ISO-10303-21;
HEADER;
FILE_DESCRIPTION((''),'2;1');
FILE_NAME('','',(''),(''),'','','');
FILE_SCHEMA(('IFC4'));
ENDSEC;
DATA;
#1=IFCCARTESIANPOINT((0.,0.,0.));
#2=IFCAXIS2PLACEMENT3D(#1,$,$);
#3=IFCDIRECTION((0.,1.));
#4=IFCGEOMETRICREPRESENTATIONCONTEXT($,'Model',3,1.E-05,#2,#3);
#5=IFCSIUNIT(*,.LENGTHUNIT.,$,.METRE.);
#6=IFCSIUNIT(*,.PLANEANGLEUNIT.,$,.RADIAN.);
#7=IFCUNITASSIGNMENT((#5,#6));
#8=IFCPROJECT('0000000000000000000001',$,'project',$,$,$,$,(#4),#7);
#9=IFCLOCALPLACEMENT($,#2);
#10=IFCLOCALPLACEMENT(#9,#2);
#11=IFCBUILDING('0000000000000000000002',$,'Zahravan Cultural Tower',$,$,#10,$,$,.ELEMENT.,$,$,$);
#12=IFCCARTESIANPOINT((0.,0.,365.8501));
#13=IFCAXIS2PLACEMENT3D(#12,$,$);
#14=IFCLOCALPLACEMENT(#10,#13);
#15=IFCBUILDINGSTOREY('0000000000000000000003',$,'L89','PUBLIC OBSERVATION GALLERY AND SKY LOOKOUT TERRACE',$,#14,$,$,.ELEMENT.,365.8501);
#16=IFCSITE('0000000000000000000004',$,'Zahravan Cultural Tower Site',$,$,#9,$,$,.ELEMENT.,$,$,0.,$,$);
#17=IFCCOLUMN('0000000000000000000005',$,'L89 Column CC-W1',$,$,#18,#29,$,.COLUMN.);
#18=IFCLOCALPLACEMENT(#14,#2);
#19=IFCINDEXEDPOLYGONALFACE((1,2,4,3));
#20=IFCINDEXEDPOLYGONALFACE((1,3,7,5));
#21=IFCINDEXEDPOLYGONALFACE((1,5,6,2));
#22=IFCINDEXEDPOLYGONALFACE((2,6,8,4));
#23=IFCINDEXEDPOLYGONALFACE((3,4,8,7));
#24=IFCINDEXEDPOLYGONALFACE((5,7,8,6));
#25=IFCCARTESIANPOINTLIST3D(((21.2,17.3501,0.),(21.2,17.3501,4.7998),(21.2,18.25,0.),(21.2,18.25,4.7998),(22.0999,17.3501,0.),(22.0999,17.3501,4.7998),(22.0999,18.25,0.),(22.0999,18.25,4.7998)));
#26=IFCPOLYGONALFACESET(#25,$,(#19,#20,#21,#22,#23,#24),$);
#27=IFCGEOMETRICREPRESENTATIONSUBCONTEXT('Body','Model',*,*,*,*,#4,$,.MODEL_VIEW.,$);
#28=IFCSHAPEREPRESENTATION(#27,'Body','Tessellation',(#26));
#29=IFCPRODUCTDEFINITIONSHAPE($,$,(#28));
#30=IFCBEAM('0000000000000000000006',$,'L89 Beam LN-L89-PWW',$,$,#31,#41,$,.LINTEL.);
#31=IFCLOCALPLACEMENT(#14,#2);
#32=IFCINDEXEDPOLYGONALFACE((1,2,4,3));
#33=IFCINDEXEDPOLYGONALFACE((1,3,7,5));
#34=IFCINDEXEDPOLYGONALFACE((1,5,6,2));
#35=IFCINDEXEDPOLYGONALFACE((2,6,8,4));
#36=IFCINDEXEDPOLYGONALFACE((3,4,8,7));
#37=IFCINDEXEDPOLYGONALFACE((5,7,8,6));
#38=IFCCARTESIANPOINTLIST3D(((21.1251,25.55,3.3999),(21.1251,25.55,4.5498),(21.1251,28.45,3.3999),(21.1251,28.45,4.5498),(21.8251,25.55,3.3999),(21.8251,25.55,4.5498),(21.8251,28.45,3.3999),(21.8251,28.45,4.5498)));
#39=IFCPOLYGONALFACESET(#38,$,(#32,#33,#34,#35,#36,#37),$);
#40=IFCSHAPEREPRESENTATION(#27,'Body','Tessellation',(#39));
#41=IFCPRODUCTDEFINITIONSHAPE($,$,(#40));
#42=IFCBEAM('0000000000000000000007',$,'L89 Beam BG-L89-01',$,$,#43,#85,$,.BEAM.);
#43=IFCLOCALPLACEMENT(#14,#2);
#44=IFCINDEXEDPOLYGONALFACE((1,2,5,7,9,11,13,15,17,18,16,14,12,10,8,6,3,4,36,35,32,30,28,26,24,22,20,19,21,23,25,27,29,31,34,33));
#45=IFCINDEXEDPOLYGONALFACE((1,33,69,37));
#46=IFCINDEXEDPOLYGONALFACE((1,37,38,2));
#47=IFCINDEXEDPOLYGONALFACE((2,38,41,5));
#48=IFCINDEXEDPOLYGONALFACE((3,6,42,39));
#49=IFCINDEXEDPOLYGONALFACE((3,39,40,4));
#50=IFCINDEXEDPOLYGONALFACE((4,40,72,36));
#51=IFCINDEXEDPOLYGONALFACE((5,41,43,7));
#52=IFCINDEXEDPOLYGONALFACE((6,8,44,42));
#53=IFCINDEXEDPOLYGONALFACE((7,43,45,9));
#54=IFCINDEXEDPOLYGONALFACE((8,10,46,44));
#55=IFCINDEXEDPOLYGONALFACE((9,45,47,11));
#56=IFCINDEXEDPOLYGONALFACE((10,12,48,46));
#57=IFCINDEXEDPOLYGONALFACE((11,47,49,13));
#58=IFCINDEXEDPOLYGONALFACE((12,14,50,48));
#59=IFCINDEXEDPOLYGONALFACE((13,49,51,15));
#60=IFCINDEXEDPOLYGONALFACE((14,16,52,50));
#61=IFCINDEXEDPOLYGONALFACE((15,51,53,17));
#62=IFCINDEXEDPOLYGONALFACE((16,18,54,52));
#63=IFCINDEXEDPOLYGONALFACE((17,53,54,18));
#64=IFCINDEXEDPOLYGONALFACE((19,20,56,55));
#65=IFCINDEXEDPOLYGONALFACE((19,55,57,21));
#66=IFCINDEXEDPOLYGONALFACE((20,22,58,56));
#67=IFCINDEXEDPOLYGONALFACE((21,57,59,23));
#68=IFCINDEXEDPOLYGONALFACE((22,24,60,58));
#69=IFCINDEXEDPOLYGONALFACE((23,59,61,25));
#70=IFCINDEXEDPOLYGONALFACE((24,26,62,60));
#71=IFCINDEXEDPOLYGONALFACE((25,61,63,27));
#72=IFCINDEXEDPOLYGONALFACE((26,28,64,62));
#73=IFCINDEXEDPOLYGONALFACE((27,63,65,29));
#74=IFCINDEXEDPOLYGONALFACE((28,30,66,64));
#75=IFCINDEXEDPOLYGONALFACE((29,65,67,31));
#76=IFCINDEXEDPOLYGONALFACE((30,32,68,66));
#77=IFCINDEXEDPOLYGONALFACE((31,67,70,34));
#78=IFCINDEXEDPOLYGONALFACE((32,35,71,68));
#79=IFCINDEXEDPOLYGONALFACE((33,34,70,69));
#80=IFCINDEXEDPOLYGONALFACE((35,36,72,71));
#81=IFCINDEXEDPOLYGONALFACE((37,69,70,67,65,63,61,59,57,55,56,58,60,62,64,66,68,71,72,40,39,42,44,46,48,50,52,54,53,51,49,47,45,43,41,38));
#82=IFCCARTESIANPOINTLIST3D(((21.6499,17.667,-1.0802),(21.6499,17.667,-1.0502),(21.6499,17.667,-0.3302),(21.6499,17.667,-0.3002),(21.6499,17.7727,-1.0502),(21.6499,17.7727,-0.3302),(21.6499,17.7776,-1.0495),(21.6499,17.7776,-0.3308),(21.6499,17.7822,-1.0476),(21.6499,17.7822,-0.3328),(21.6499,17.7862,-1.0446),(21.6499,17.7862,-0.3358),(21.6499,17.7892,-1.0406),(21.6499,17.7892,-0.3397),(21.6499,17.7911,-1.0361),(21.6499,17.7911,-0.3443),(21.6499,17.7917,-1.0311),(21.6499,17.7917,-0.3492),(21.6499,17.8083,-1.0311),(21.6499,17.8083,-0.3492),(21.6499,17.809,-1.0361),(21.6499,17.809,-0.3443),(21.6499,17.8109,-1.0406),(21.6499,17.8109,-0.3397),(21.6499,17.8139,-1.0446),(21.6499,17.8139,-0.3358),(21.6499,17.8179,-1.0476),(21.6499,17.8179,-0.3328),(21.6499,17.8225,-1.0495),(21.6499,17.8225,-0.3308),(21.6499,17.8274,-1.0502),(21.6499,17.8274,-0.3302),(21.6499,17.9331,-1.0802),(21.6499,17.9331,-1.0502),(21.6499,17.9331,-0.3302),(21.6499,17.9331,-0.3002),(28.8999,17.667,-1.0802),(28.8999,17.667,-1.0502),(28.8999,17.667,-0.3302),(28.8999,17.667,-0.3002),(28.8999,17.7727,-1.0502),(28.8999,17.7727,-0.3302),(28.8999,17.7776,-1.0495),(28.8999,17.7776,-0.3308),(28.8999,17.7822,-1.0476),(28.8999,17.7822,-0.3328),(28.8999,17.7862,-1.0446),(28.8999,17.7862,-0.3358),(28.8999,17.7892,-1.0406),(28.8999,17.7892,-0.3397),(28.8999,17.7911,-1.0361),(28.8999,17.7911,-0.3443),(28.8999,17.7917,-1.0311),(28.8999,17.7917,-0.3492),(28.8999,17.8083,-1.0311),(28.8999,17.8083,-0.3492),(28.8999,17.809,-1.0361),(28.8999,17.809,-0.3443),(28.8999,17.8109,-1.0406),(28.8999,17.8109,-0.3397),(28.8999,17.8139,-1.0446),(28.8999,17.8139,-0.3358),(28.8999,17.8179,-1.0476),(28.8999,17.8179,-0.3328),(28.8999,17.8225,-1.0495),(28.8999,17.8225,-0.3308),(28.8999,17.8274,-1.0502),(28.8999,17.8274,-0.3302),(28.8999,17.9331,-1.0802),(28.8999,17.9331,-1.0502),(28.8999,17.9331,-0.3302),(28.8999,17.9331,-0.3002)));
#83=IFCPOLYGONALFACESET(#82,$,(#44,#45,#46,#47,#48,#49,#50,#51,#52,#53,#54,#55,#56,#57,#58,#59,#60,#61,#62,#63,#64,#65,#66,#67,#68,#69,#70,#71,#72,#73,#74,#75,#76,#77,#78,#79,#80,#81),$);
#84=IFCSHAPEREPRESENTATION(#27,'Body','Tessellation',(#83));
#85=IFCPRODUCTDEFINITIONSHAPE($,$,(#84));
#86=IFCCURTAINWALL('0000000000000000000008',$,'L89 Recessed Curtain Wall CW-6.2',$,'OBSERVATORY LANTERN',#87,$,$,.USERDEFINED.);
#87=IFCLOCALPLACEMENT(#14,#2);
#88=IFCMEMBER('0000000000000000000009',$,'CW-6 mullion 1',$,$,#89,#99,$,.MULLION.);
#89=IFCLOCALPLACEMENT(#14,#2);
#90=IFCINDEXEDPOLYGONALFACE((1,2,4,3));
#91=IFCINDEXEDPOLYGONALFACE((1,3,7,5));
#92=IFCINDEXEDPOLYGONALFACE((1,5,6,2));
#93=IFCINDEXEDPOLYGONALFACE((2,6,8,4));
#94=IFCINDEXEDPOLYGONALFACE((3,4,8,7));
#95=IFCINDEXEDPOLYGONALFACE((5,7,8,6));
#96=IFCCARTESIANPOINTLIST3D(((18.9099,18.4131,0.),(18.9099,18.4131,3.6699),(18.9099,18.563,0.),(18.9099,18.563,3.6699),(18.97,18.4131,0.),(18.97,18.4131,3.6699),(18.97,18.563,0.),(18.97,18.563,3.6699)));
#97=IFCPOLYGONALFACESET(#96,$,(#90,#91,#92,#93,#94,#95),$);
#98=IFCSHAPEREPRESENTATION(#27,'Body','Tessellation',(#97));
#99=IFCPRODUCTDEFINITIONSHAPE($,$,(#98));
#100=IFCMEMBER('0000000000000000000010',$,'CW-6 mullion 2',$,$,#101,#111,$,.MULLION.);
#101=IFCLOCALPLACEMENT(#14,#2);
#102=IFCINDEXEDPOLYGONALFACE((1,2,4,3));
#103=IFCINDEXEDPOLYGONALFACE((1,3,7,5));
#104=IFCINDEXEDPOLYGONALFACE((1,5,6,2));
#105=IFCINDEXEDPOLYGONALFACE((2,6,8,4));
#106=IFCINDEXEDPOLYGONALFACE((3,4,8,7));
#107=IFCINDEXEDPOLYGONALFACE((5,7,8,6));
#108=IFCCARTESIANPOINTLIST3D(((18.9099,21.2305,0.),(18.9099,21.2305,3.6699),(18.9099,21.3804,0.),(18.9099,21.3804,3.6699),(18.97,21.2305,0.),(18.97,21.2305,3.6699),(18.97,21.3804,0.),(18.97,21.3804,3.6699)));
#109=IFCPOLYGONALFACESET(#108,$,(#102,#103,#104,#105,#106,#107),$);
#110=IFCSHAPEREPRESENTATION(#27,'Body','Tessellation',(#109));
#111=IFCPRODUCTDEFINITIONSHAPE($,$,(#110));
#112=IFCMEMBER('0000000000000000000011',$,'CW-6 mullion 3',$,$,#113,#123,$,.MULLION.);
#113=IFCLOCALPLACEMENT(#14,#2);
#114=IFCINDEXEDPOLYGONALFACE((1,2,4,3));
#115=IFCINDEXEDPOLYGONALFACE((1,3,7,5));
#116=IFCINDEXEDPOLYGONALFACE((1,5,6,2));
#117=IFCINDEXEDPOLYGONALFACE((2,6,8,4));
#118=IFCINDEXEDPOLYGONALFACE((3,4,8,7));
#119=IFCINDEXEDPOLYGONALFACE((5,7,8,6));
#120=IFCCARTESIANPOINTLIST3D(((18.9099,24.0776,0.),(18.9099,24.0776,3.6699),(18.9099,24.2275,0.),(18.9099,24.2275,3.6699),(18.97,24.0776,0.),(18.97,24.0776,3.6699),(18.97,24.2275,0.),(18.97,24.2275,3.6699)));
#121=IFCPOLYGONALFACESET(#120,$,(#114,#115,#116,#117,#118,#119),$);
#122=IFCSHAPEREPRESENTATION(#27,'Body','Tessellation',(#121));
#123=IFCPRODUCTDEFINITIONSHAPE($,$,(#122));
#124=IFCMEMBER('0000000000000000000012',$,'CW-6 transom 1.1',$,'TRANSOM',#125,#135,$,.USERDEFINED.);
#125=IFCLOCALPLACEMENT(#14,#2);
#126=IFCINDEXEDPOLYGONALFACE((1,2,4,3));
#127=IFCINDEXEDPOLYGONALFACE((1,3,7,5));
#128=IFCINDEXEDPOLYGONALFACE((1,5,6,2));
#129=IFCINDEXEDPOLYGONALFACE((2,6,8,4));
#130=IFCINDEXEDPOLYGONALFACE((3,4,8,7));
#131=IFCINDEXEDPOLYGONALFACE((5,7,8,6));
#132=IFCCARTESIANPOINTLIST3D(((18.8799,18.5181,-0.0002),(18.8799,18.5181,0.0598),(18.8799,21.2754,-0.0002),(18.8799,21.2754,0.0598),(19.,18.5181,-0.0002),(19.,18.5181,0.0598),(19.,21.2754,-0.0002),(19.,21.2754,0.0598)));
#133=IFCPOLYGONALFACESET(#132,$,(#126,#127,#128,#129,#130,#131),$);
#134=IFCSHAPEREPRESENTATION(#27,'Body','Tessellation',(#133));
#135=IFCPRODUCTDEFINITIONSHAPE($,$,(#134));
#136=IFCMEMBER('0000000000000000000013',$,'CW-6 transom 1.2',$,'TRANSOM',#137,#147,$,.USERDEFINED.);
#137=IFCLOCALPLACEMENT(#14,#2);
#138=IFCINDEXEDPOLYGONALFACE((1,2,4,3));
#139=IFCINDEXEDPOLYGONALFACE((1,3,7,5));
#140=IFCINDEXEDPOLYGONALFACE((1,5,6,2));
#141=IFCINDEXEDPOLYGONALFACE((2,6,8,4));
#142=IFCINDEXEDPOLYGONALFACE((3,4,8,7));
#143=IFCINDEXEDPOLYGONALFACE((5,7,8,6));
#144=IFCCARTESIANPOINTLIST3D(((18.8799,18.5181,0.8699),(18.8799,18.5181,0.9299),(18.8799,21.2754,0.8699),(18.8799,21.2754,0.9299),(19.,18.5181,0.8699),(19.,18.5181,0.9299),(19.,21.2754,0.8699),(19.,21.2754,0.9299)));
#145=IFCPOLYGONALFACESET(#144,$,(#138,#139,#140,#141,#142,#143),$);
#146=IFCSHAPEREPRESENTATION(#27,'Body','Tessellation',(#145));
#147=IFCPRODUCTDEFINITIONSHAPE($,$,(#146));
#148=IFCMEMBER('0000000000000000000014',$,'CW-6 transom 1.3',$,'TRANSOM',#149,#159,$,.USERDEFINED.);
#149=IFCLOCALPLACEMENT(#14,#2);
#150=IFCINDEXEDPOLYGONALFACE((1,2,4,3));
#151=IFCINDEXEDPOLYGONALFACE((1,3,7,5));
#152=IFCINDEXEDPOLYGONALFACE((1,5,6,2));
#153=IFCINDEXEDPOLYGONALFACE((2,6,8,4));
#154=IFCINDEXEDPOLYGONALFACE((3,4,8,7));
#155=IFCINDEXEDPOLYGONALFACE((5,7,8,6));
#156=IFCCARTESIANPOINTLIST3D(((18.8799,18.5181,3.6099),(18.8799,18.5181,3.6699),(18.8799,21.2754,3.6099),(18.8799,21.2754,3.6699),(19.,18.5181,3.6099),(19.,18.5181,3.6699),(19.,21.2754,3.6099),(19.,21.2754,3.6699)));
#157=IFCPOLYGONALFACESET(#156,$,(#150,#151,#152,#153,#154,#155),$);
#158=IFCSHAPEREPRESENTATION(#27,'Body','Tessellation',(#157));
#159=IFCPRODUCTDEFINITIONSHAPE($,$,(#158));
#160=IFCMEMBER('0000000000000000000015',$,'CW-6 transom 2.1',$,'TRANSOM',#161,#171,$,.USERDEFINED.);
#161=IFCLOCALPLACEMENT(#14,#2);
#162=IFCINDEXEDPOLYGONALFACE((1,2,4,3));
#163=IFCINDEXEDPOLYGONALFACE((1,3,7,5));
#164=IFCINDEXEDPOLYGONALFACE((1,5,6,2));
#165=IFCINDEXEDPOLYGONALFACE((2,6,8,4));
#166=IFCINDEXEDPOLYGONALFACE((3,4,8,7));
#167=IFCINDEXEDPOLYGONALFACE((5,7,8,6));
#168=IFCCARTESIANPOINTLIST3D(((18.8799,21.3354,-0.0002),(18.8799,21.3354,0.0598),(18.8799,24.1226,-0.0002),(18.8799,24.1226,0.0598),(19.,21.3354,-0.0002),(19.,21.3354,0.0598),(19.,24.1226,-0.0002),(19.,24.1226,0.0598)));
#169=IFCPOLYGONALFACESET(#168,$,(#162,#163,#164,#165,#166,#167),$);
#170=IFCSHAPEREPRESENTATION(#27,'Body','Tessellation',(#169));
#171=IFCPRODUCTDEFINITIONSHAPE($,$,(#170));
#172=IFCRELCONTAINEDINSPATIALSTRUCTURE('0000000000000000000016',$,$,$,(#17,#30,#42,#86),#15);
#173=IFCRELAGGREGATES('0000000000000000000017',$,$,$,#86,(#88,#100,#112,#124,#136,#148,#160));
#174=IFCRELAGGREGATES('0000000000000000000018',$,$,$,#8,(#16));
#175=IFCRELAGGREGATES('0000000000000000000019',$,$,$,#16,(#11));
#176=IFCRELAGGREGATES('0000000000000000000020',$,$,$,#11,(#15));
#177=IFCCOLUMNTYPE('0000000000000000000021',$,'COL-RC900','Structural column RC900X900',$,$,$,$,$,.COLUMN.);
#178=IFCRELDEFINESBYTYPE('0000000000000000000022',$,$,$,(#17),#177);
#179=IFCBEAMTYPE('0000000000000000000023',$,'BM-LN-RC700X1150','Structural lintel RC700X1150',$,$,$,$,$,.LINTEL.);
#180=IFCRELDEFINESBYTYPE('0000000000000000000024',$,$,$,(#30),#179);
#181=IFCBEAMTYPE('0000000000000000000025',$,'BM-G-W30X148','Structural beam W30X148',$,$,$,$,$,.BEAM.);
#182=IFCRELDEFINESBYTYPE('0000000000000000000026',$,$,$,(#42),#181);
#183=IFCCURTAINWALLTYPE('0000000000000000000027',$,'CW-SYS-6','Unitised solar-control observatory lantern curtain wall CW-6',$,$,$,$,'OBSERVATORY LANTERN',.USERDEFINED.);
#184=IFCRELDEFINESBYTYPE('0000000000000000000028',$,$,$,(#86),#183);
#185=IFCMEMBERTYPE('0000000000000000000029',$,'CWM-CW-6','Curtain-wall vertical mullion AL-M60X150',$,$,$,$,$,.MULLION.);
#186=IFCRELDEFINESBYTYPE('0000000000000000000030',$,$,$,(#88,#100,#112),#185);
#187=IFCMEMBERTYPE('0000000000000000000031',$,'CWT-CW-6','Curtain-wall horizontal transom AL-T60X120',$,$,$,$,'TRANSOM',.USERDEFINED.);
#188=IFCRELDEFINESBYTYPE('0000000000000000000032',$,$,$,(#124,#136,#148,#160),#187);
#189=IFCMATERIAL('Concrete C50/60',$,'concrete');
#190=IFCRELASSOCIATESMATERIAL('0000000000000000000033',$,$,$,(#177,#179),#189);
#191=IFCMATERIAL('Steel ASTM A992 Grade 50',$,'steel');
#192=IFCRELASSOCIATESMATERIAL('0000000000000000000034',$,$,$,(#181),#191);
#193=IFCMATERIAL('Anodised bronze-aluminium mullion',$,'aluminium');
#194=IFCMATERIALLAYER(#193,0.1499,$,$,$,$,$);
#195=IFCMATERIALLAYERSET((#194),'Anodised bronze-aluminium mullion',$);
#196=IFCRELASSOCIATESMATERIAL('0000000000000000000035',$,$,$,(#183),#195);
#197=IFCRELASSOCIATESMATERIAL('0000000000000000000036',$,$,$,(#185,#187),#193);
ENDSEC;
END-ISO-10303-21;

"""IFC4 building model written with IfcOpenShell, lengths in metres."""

from ifc_helpers import new_model, si_unit, direction, frame, origin, origin_2d, place, context, subcontext, project, spatial, rectangle, i_section, extrude, source, transform, mapped, material, layer, layer_set, material_profile, profile_set, type_object, element, aggregate, save


model = new_model("IFC4")

# Units and contexts
model_context = context("Model", 3, precision=1e-05, world=origin(), true_north=direction((0.0, 1.0)))
body_context = subcontext(model_context, "Body", "Model", "MODEL_VIEW")
ifc_project = project(units=[si_unit("LENGTHUNIT", "METRE"), si_unit("PLANEANGLEUNIT", "RADIAN")], contexts=[model_context])

# Site, building, storey
site_placement = place(None, origin())
site = spatial("IfcSite", under=ifc_project, at=site_placement, Name="Zahravan Cultural Tower Site", CompositionType="ELEMENT", RefElevation=0.0)
building_placement = place(site_placement, origin())
building = spatial("IfcBuilding", under=site, at=building_placement, Name="Zahravan Cultural Tower", CompositionType="ELEMENT")
storey_placement = place(building_placement, frame((0.0, 0.0, 365.8501)))
storey = spatial("IfcBuildingStorey", under=building, at=storey_placement, Name="L89", Description="PUBLIC OBSERVATION GALLERY AND SKY LOOKOUT TERRACE", CompositionType="ELEMENT", Elevation=365.8501)

# Column
ifc_material_1 = material(Name="Concrete C50/60", Category="concrete")
ifc_material_profile_1 = material_profile(ifc_material_1, rectangle(XDim=0.8999, YDim=0.8999, at=origin_2d()), Name="RC900X900")
ifc_profile_set_1 = profile_set([ifc_material_profile_1], Name="Concrete C50/60")
column_type = type_object("IfcColumnType", Name="COL-RC900", Description="Structural column RC900X900", PredefinedType="COLUMN", material=ifc_profile_set_1)
shared_shape_1 = source(origin(), body_context, "Body", "SweptSolid", [
    extrude(rectangle(XDim=0.8999, YDim=0.8999, at=origin_2d()), origin(), (0.0, 0.0, 1.0), 4.7998),
])
column_placement = place(storey_placement, frame((21.6499, 17.8, 0.0), z_axis=(0.0, 0.0, 1.0), x_axis=(1.0, 0.0, 0.0)))
element("IfcColumn", 1, at=column_placement, inside=storey, type_object=column_type, Name="L89 Column CC-W1", PredefinedType="COLUMN", context=body_context, shape_type="MappedRepresentation", body=[
    mapped(shared_shape_1, transform((0.0, 0.0, 0.0), x_axis=(1.0, 0.0, 0.0), y_axis=(0.0, 1.0, 0.0), z_axis=(0.0, 0.0, 1.0), scale=1.0)),
])

# Beams
ifc_material_profile_2 = material_profile(ifc_material_1, rectangle(XDim=0.7, YDim=1.1499, at=origin_2d()), Name="RC700X1150")
ifc_profile_set_2 = profile_set([ifc_material_profile_2], Name="Concrete C50/60")
beam_type_1 = type_object("IfcBeamType", Name="BM-LN-RC700X1150", Description="Structural lintel RC700X1150", PredefinedType="LINTEL", material=ifc_profile_set_2)
shared_shape_2 = source(origin(), body_context, "Body", "SweptSolid", [
    extrude(rectangle(XDim=0.7, YDim=1.1499, at=origin_2d()), origin(), (0.0, 0.0, 1.0), 2.8999),
])
beam_1_placement = place(storey_placement, frame((21.4751, 25.55, 3.9749), z_axis=(0.0, 1.0, 0.0), x_axis=(-1.0, 0.0, 0.0)))
element("IfcBeam", 2, at=beam_1_placement, inside=storey, type_object=beam_type_1, Name="L89 Beam LN-L89-PWW", PredefinedType="LINTEL", context=body_context, shape_type="MappedRepresentation", body=[
    mapped(shared_shape_2, transform((0.0, 0.0, 0.0), x_axis=(1.0, 0.0, 0.0), y_axis=(0.0, 1.0, 0.0), z_axis=(0.0, 0.0, 1.0), scale=1.0)),
])
ifc_material_2 = material(Name="Steel ASTM A992 Grade 50", Category="steel")
ifc_material_profile_3 = material_profile(ifc_material_2, i_section(OverallWidth=0.2661, OverallDepth=0.78, WebThickness=0.0166, FlangeThickness=0.03, FilletRadius=0.019, at=origin_2d()), Name="W30X148")
ifc_profile_set_3 = profile_set([ifc_material_profile_3], Name="Steel ASTM A992 Grade 50")
beam_type_2 = type_object("IfcBeamType", Name="BM-G-W30X148", Description="Structural beam W30X148", PredefinedType="BEAM", material=ifc_profile_set_3)
shared_shape_3 = source(origin(), body_context, "Body", "SweptSolid", [
    extrude(i_section(OverallWidth=0.2661, OverallDepth=0.78, WebThickness=0.0166, FlangeThickness=0.03, FilletRadius=0.019, at=origin_2d()), origin(), (0.0, 0.0, 1.0), 7.25),
])
beam_2_placement = place(storey_placement, frame((21.6499, 17.8, -0.6902), z_axis=(1.0, 0.0, 0.0), x_axis=(0.0, 1.0, 0.0)))
element("IfcBeam", 3, at=beam_2_placement, inside=storey, type_object=beam_type_2, Name="L89 Beam BG-L89-01", PredefinedType="BEAM", context=body_context, shape_type="MappedRepresentation", body=[
    mapped(shared_shape_3, transform((0.0, 0.0, 0.0), x_axis=(1.0, 0.0, 0.0), y_axis=(0.0, 1.0, 0.0), z_axis=(0.0, 0.0, 1.0), scale=1.0)),
])

# Curtain wall, members
ifc_material_3 = material(Name="Anodised bronze-aluminium mullion", Category="aluminium")
ifc_layer_1 = layer(ifc_material_3, 0.1499)
ifc_layer_set_1 = layer_set([ifc_layer_1], Name="Anodised bronze-aluminium mullion")
curtain_wall_type = type_object("IfcCurtainWallType", Name="CW-SYS-6", Description="Unitised solar-control observatory lantern curtain wall CW-6", ElementType="OBSERVATORY LANTERN", PredefinedType="USERDEFINED", material=ifc_layer_set_1)
curtain_wall_placement = place(storey_placement, origin())
curtain_wall = element("IfcCurtainWall", 4, at=curtain_wall_placement, inside=storey, type_object=curtain_wall_type, Name="L89 Recessed Curtain Wall CW-6.2", ObjectType="OBSERVATORY LANTERN", PredefinedType="USERDEFINED")
ifc_material_profile_4 = material_profile(ifc_material_3, rectangle(XDim=0.0601, YDim=0.1499, at=origin_2d()), Name="AL-M60X150")
ifc_profile_set_4 = profile_set([ifc_material_profile_4], Name="Anodised bronze-aluminium mullion")
member_type_1 = type_object("IfcMemberType", Name="CWM-CW-6", Description="Curtain-wall vertical mullion AL-M60X150", PredefinedType="MULLION", material=ifc_profile_set_4)
shared_shape_4 = source(origin(), body_context, "Body", "SweptSolid", [
    extrude(rectangle(XDim=0.0601, YDim=0.1499, at=origin_2d()), origin(), (0.0, 0.0, 1.0), 3.6699),
])
member_1_placement = place(storey_placement, frame((18.9399, 18.488, 0.0), z_axis=(0.0, 0.0, 1.0), x_axis=(-1.0, 0.0, 0.0)))
member_1 = element("IfcMember", 5, at=member_1_placement, type_object=member_type_1, Name="CW-6 mullion 1", PredefinedType="MULLION", context=body_context, shape_type="MappedRepresentation", body=[
    mapped(shared_shape_4, transform((0.0, 0.0, 0.0), x_axis=(1.0, 0.0, 0.0), y_axis=(0.0, 1.0, 0.0), z_axis=(0.0, 0.0, 1.0), scale=1.0)),
])
member_2_placement = place(storey_placement, frame((18.9399, 21.3054, 0.0), z_axis=(0.0, 0.0, 1.0), x_axis=(-1.0, 0.0, 0.0)))
member_2 = element("IfcMember", 6, at=member_2_placement, type_object=member_type_1, Name="CW-6 mullion 2", PredefinedType="MULLION", context=body_context, shape_type="MappedRepresentation", body=[
    mapped(shared_shape_4, transform((0.0, 0.0, 0.0), x_axis=(1.0, 0.0, 0.0), y_axis=(0.0, 1.0, 0.0), z_axis=(0.0, 0.0, 1.0), scale=1.0)),
])
member_3_placement = place(storey_placement, frame((18.9399, 24.1526, 0.0), z_axis=(0.0, 0.0, 1.0), x_axis=(-1.0, 0.0, 0.0)))
member_3 = element("IfcMember", 7, at=member_3_placement, type_object=member_type_1, Name="CW-6 mullion 3", PredefinedType="MULLION", context=body_context, shape_type="MappedRepresentation", body=[
    mapped(shared_shape_4, transform((0.0, 0.0, 0.0), x_axis=(1.0, 0.0, 0.0), y_axis=(0.0, 1.0, 0.0), z_axis=(0.0, 0.0, 1.0), scale=1.0)),
])
ifc_material_profile_5 = material_profile(ifc_material_3, rectangle(XDim=0.1201, YDim=0.0601, at=origin_2d()), Name="AL-T60X120")
ifc_profile_set_5 = profile_set([ifc_material_profile_5], Name="Anodised bronze-aluminium mullion")
member_type_2 = type_object("IfcMemberType", Name="CWT-CW-6", Description="Curtain-wall horizontal transom AL-T60X120", ElementType="TRANSOM", PredefinedType="USERDEFINED", material=ifc_profile_set_5)
shared_shape_5 = source(origin(), body_context, "Body", "SweptSolid", [
    extrude(rectangle(XDim=0.1201, YDim=0.0601, at=origin_2d()), origin(), (0.0, 0.0, 1.0), 2.7573),
])
member_4_placement = place(storey_placement, frame((18.9399, 18.5181, 0.0298), z_axis=(0.0, 1.0, 0.0), x_axis=(-1.0, 0.0, 0.0)))
member_4 = element("IfcMember", 8, at=member_4_placement, type_object=member_type_2, Name="CW-6 transom 1.1", ObjectType="TRANSOM", PredefinedType="USERDEFINED", context=body_context, shape_type="MappedRepresentation", body=[
    mapped(shared_shape_5, transform((0.0, 0.0, 0.0), x_axis=(1.0, 0.0, 0.0), y_axis=(0.0, 1.0, 0.0), z_axis=(0.0, 0.0, 1.0), scale=1.0)),
])
member_5_placement = place(storey_placement, frame((18.9399, 18.5181, 0.8999), z_axis=(0.0, 1.0, 0.0), x_axis=(-1.0, 0.0, 0.0)))
member_5 = element("IfcMember", 9, at=member_5_placement, type_object=member_type_2, Name="CW-6 transom 1.2", ObjectType="TRANSOM", PredefinedType="USERDEFINED", context=body_context, shape_type="MappedRepresentation", body=[
    mapped(shared_shape_5, transform((0.0, 0.0, 0.0), x_axis=(1.0, 0.0, 0.0), y_axis=(0.0, 1.0, 0.0), z_axis=(0.0, 0.0, 1.0), scale=1.0)),
])
member_6_placement = place(storey_placement, frame((18.9399, 18.5181, 3.6399), z_axis=(0.0, 1.0, 0.0), x_axis=(-1.0, 0.0, 0.0)))
member_6 = element("IfcMember", 10, at=member_6_placement, type_object=member_type_2, Name="CW-6 transom 1.3", ObjectType="TRANSOM", PredefinedType="USERDEFINED", context=body_context, shape_type="MappedRepresentation", body=[
    mapped(shared_shape_5, transform((0.0, 0.0, 0.0), x_axis=(1.0, 0.0, 0.0), y_axis=(0.0, 1.0, 0.0), z_axis=(0.0, 0.0, 1.0), scale=1.0)),
])
shared_shape_6 = source(origin(), body_context, "Body", "SweptSolid", [
    extrude(rectangle(XDim=0.1201, YDim=0.0601, at=origin_2d()), origin(), (0.0, 0.0, 1.0), 2.7871),
])
member_7_placement = place(storey_placement, frame((18.9399, 21.3354, 0.0298), z_axis=(0.0, 1.0, 0.0), x_axis=(-1.0, 0.0, 0.0)))
member_7 = element("IfcMember", 11, at=member_7_placement, type_object=member_type_2, Name="CW-6 transom 2.1", ObjectType="TRANSOM", PredefinedType="USERDEFINED", context=body_context, shape_type="MappedRepresentation", body=[
    mapped(shared_shape_6, transform((0.0, 0.0, 0.0), x_axis=(1.0, 0.0, 0.0), y_axis=(0.0, 1.0, 0.0), z_axis=(0.0, 0.0, 1.0), scale=1.0)),
])

aggregate(curtain_wall, [member_1, member_2, member_3, member_4, member_5, member_6, member_7])

save(model, "model.ifc")
